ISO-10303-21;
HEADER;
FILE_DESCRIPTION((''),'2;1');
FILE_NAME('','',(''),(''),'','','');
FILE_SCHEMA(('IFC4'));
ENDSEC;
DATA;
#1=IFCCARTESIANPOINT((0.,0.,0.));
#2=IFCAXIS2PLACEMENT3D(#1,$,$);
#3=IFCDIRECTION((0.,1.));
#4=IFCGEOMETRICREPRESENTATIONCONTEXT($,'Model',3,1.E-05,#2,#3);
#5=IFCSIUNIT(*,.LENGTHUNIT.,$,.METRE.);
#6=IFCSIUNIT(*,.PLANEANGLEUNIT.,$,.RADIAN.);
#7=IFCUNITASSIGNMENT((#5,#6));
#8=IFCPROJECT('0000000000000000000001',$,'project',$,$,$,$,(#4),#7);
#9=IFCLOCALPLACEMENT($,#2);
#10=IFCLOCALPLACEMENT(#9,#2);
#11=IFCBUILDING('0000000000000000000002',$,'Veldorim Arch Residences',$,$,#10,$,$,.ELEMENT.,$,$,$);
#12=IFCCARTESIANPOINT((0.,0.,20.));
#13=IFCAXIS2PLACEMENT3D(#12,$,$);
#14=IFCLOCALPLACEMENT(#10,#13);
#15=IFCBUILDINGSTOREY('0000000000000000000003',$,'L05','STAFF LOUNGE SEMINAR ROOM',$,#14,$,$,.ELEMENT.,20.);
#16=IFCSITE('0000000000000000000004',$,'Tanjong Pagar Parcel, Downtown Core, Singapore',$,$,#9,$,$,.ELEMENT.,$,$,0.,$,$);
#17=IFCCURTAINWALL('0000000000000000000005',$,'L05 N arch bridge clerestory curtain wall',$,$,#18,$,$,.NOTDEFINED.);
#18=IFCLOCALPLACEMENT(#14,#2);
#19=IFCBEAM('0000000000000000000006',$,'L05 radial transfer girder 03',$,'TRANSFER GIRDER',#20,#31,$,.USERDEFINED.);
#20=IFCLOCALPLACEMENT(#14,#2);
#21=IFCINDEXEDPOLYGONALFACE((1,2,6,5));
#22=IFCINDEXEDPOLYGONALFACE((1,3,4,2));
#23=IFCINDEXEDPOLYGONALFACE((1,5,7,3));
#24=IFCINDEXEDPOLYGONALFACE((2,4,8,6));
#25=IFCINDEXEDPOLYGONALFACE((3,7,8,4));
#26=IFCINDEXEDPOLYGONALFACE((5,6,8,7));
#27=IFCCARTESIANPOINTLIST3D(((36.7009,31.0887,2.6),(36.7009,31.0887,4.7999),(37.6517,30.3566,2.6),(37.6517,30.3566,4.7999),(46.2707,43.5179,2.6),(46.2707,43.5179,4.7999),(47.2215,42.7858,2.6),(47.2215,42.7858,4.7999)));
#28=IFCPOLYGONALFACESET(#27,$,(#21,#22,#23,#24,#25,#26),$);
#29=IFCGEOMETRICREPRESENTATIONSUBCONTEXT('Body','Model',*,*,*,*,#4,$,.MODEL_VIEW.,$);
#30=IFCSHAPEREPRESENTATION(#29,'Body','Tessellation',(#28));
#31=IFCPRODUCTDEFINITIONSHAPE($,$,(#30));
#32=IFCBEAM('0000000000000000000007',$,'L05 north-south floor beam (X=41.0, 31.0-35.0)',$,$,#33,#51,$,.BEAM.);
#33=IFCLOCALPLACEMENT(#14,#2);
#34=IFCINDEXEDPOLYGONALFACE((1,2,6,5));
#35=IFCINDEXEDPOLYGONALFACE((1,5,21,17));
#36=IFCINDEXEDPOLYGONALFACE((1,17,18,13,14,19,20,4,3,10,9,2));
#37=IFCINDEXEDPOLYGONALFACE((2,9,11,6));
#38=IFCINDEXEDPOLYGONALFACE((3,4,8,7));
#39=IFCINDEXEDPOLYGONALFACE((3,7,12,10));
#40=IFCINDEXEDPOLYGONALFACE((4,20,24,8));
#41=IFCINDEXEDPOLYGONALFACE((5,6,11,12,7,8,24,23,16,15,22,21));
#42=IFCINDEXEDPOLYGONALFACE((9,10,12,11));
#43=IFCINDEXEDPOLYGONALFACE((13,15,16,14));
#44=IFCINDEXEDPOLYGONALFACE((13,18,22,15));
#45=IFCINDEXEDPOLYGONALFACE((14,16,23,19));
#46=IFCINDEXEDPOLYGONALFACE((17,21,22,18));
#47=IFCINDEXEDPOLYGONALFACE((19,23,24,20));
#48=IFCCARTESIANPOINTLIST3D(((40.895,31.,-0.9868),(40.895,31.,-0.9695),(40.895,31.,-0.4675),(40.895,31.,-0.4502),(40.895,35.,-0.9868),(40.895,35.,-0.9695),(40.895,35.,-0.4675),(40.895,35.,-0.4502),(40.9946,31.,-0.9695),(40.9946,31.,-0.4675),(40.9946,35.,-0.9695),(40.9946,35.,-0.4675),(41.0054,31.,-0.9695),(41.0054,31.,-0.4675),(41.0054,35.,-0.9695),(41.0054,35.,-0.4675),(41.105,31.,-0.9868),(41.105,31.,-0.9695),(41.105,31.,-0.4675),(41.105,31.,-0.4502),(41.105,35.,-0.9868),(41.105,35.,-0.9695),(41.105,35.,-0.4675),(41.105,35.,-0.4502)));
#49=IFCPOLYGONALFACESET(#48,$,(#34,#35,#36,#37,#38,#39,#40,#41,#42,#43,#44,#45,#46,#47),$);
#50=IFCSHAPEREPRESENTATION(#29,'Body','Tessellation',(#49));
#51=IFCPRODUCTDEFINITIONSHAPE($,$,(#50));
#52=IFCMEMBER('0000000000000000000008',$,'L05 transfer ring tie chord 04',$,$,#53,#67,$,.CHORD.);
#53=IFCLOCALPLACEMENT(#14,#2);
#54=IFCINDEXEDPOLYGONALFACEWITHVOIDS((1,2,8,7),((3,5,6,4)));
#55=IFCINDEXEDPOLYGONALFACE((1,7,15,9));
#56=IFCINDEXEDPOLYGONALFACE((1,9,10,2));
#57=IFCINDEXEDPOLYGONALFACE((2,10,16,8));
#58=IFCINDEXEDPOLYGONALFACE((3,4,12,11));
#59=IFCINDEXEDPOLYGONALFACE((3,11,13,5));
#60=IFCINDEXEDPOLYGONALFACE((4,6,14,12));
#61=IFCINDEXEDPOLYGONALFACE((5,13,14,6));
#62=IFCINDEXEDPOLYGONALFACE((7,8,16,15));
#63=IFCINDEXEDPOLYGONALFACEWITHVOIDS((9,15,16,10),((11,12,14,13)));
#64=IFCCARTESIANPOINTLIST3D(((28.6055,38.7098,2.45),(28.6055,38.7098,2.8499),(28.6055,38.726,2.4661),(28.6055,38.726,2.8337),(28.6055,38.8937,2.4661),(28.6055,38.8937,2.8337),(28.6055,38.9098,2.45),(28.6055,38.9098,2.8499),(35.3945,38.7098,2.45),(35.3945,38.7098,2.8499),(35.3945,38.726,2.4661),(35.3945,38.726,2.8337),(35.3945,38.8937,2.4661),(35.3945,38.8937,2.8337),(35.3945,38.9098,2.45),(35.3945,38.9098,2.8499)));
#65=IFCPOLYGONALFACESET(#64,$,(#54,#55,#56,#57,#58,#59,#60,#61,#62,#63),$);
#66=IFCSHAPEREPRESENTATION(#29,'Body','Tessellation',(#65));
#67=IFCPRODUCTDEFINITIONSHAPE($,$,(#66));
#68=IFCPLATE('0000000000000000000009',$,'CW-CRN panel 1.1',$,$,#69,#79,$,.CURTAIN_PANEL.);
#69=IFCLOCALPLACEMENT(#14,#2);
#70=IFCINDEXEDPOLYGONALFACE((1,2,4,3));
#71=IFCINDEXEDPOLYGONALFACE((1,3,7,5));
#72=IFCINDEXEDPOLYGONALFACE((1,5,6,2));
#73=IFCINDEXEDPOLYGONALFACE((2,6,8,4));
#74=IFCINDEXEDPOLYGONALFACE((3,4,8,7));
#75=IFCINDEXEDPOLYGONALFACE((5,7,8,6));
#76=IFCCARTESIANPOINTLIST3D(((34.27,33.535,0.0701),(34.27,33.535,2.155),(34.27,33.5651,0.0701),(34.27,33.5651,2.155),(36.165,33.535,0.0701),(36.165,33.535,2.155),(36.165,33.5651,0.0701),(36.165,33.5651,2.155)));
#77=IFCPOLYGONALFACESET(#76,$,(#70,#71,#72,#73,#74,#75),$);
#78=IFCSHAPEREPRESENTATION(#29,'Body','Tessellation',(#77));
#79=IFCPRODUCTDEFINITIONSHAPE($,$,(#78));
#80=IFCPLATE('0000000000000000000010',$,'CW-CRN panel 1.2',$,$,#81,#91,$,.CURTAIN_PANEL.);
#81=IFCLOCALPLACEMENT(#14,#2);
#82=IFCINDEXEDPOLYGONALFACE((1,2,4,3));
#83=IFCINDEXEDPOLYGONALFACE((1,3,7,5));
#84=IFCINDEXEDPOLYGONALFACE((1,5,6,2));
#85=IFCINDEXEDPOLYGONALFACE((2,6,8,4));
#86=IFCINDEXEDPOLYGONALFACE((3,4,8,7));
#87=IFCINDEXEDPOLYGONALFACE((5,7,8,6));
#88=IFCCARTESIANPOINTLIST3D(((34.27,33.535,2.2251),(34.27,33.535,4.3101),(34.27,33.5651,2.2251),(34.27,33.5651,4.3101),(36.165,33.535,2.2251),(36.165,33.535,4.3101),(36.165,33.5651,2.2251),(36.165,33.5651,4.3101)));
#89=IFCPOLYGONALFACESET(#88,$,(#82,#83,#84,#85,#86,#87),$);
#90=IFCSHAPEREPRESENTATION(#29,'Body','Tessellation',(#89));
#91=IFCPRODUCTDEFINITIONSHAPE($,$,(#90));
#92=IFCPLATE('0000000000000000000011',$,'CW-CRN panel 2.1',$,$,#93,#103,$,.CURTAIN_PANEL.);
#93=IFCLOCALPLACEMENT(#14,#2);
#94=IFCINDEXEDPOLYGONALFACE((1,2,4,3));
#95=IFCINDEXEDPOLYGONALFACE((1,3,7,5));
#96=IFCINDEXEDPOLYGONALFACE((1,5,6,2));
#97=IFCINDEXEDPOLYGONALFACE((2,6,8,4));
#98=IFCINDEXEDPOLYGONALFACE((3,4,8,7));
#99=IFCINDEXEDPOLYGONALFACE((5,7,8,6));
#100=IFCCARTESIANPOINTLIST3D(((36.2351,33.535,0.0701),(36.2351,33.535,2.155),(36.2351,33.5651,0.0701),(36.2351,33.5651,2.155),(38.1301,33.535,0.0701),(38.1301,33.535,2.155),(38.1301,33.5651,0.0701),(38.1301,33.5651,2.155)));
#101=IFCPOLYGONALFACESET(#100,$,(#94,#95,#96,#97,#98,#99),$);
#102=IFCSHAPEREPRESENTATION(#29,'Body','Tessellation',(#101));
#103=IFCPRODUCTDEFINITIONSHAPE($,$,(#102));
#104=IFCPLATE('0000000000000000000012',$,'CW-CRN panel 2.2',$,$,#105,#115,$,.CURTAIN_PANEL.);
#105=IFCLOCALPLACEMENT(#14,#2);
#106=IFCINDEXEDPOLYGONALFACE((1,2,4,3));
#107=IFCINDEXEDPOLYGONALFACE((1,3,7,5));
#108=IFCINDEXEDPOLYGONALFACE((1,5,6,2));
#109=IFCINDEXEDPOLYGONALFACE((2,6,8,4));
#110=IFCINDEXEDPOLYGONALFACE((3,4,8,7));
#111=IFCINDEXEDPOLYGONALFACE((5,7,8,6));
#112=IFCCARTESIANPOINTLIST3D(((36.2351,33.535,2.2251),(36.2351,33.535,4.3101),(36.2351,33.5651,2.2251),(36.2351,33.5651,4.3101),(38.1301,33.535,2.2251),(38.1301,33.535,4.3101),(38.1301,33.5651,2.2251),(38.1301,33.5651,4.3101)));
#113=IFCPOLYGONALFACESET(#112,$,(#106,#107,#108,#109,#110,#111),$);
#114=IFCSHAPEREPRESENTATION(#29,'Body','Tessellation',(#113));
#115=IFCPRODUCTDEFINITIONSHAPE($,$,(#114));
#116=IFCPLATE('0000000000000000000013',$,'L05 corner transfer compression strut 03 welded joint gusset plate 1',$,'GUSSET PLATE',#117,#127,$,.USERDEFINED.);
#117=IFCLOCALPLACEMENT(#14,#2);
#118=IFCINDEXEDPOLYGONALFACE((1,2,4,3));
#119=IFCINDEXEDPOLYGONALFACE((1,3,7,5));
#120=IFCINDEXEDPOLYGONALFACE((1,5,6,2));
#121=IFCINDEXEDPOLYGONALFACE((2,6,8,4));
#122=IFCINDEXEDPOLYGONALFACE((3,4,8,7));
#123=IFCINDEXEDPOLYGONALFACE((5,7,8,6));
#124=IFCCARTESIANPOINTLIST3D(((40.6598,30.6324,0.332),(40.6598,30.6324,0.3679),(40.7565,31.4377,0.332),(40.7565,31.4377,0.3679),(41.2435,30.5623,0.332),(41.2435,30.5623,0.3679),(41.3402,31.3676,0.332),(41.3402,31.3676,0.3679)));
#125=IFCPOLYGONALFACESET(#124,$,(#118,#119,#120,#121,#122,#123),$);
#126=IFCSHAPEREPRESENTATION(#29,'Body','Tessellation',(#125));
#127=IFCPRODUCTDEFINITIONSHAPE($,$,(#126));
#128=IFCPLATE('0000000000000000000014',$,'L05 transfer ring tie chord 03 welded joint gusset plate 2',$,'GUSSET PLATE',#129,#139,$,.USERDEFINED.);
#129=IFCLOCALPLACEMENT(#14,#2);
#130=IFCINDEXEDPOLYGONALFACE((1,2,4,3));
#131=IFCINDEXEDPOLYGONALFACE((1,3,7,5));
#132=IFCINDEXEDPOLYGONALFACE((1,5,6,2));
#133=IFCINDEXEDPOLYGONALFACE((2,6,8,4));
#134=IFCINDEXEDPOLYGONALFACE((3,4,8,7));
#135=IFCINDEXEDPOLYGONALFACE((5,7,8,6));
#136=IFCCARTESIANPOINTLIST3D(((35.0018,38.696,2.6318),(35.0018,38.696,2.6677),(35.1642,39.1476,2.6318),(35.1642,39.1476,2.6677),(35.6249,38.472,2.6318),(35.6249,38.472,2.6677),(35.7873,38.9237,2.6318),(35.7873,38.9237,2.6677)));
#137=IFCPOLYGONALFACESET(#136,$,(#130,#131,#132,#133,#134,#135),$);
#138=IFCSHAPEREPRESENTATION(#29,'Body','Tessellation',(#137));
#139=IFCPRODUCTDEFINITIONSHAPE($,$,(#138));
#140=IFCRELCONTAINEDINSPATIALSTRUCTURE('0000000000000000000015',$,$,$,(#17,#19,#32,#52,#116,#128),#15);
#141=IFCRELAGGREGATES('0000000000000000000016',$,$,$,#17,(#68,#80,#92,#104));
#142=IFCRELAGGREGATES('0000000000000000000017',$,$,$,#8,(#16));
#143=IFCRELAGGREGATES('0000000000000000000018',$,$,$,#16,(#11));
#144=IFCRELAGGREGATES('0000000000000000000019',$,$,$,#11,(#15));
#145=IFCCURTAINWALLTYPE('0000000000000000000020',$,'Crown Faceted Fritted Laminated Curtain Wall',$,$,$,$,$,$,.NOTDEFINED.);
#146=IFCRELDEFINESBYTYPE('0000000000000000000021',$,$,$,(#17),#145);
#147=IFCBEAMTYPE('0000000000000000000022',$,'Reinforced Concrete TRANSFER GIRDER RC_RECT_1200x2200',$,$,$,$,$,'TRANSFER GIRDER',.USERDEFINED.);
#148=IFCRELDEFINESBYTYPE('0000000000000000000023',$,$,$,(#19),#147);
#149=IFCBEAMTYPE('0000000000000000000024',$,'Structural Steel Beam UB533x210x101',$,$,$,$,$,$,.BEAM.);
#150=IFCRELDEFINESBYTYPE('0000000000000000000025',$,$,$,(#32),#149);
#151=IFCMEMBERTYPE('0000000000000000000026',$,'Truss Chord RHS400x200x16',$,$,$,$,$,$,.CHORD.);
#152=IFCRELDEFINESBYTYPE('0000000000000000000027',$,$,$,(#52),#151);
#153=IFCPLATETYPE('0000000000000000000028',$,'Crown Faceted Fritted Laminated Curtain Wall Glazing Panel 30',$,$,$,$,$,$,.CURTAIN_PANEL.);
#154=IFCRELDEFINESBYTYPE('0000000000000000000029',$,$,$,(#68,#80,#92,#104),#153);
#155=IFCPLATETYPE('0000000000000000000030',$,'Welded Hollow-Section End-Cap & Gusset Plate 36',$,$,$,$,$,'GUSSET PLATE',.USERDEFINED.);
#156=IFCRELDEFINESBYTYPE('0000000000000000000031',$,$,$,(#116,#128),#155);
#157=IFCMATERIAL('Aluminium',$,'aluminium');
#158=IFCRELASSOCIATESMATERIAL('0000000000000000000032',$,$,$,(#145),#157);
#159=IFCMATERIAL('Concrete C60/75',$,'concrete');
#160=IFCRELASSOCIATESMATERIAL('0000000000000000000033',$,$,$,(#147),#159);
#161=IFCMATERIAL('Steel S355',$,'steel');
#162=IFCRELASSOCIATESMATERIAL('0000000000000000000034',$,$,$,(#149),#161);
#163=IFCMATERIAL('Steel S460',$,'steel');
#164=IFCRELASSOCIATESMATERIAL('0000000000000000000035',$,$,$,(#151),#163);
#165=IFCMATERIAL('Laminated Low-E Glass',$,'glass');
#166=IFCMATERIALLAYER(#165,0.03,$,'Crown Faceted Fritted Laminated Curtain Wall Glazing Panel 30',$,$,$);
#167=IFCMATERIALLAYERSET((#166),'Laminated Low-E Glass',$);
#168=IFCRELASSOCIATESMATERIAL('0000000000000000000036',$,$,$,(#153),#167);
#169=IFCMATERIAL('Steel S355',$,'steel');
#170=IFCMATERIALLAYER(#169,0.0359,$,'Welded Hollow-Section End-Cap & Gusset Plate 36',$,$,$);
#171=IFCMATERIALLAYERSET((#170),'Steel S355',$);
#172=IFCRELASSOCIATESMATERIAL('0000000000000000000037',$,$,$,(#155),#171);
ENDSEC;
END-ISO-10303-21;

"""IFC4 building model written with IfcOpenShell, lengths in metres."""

from ifc_helpers import new_model, si_unit, direction, frame, origin, origin_2d, place, context, subcontext, project, spatial, rectangle, hollow_rectangle, i_section, extrude, material, layer, layer_set, material_profile, profile_set, type_object, element, aggregate, save


model = new_model("IFC4")

# Units and contexts
model_context = context("Model", 3, precision=1e-05, world=origin(), true_north=direction((0.0, 1.0)))
body_context = subcontext(model_context, "Body", "Model", "MODEL_VIEW")
ifc_project = project(units=[si_unit("LENGTHUNIT", "METRE"), si_unit("PLANEANGLEUNIT", "RADIAN")], contexts=[model_context])

# Site, building, storey
site_placement = place(None, origin())
site = spatial("IfcSite", under=ifc_project, at=site_placement, Name="Tanjong Pagar Parcel, Downtown Core, Singapore", CompositionType="ELEMENT", RefElevation=0.0)
building_placement = place(site_placement, origin())
building = spatial("IfcBuilding", under=site, at=building_placement, Name="Veldorim Arch Residences", CompositionType="ELEMENT")
storey_placement = place(building_placement, frame((0.0, 0.0, 20.0)))
storey = spatial("IfcBuildingStorey", under=building, at=storey_placement, Name="L05", Description="STAFF LOUNGE SEMINAR ROOM", CompositionType="ELEMENT", Elevation=20.0)

# Curtain wall
ifc_material_1 = material(Name="Aluminium", Category="aluminium")
curtain_wall_type = type_object("IfcCurtainWallType", Name="Crown Faceted Fritted Laminated Curtain Wall", PredefinedType="NOTDEFINED", material=ifc_material_1)
curtain_wall_placement = place(storey_placement, origin())
curtain_wall = element("IfcCurtainWall", 1, at=curtain_wall_placement, inside=storey, type_object=curtain_wall_type, Name="L05 N arch bridge clerestory curtain wall", PredefinedType="NOTDEFINED")

# Beams
ifc_material_2 = material(Name="Concrete C60/75", Category="concrete")
ifc_material_profile_1 = material_profile(ifc_material_2, rectangle(XDim=1.2, YDim=2.2, at=origin_2d()), Name="RC_RECT_1200x2200")
ifc_profile_set_1 = profile_set([ifc_material_profile_1], Name="Concrete C60/75")
beam_type_1 = type_object("IfcBeamType", Name="Reinforced Concrete TRANSFER GIRDER RC_RECT_1200x2200", ElementType="TRANSFER GIRDER", PredefinedType="USERDEFINED", material=ifc_profile_set_1)
beam_1_placement = place(storey_placement, frame((37.1763, 30.7227, 3.7), z_axis=(0.610067, 0.79235, 0.0), x_axis=(-0.79235, 0.610067, 0.0)))
element("IfcBeam", 2, at=beam_1_placement, inside=storey, type_object=beam_type_1, Name="L05 radial transfer girder 03", ObjectType="TRANSFER GIRDER", PredefinedType="USERDEFINED", context=body_context, shape_type="SweptSolid", body=[
    extrude(rectangle(XDim=1.2, YDim=2.2, at=origin_2d()), origin(), (0.0, 0.0, 1.0), 15.6865),
])
ifc_material_3 = material(Name="Steel S355", Category="steel")
ifc_material_profile_2 = material_profile(ifc_material_3, i_section(OverallWidth=0.21, OverallDepth=0.5366, WebThickness=0.0107, FlangeThickness=0.0173, at=origin_2d()), Name="UB533x210x101")
ifc_profile_set_2 = profile_set([ifc_material_profile_2], Name="Steel S355")
beam_type_2 = type_object("IfcBeamType", Name="Structural Steel Beam UB533x210x101", PredefinedType="BEAM", material=ifc_profile_set_2)
beam_2_placement = place(storey_placement, frame((41.0, 31.0, -0.7185), z_axis=(0.0, 1.0, 0.0), x_axis=(-1.0, 0.0, 0.0)))
element("IfcBeam", 3, at=beam_2_placement, inside=storey, type_object=beam_type_2, Name="L05 north-south floor beam (X=41.0, 31.0-35.0)", PredefinedType="BEAM", context=body_context, shape_type="SweptSolid", body=[
    extrude(i_section(OverallWidth=0.21, OverallDepth=0.5366, WebThickness=0.0107, FlangeThickness=0.0173, at=origin_2d()), origin(), (0.0, 0.0, 1.0), 4.0),
])

# Member
ifc_material_4 = material(Name="Steel S460", Category="steel")
ifc_material_profile_3 = material_profile(ifc_material_4, hollow_rectangle(XDim=0.2, YDim=0.3999, WallThickness=0.0161, at=origin_2d()), Name="RHS400x200x16")
ifc_profile_set_3 = profile_set([ifc_material_profile_3], Name="Steel S460")
member_type_1 = type_object("IfcMemberType", Name="Truss Chord RHS400x200x16", PredefinedType="CHORD", material=ifc_profile_set_3)
member_1_placement = place(storey_placement, frame((35.3945, 38.8098, 2.6499), z_axis=(-1.0, 0.0, 0.0), x_axis=(0.0, -1.0, 0.0)))
element("IfcMember", 4, at=member_1_placement, inside=storey, type_object=member_type_1, Name="L05 transfer ring tie chord 04", PredefinedType="CHORD", context=body_context, shape_type="SweptSolid", body=[
    extrude(hollow_rectangle(XDim=0.2, YDim=0.3999, WallThickness=0.0161, at=origin_2d()), origin(), (0.0, 0.0, 1.0), 6.7891),
])

# Plates
ifc_material_5 = material(Name="Laminated Low-E Glass", Category="glass")
ifc_layer_1 = layer(ifc_material_5, 0.03, Name="Crown Faceted Fritted Laminated Curtain Wall Glazing Panel 30")
ifc_layer_set_1 = layer_set([ifc_layer_1], Name="Laminated Low-E Glass")
plate_type_1 = type_object("IfcPlateType", Name="Crown Faceted Fritted Laminated Curtain Wall Glazing Panel 30", PredefinedType="CURTAIN_PANEL", material=ifc_layer_set_1)
plate_1_placement = place(storey_placement, frame((35.2175, 33.55, 0.0701), z_axis=(0.0, 0.0, 1.0), x_axis=(1.0, 0.0, 0.0)))
plate_1 = element("IfcPlate", 5, at=plate_1_placement, type_object=plate_type_1, Name="CW-CRN panel 1.1", PredefinedType="CURTAIN_PANEL", context=body_context, shape_type="SweptSolid", body=[
    extrude(rectangle(XDim=1.895, YDim=0.03, at=origin_2d()), origin(), (0.0, 0.0, 1.0), 2.085),
])
plate_2_placement = place(storey_placement, frame((35.2175, 33.55, 2.2251), z_axis=(0.0, 0.0, 1.0), x_axis=(1.0, 0.0, 0.0)))
plate_2 = element("IfcPlate", 6, at=plate_2_placement, type_object=plate_type_1, Name="CW-CRN panel 1.2", PredefinedType="CURTAIN_PANEL", context=body_context, shape_type="SweptSolid", body=[
    extrude(rectangle(XDim=1.895, YDim=0.03, at=origin_2d()), origin(), (0.0, 0.0, 1.0), 2.085),
])
plate_3_placement = place(storey_placement, frame((37.1826, 33.55, 0.0701), z_axis=(0.0, 0.0, 1.0), x_axis=(1.0, 0.0, 0.0)))
plate_3 = element("IfcPlate", 7, at=plate_3_placement, type_object=plate_type_1, Name="CW-CRN panel 2.1", PredefinedType="CURTAIN_PANEL", context=body_context, shape_type="SweptSolid", body=[
    extrude(rectangle(XDim=1.895, YDim=0.03, at=origin_2d()), origin(), (0.0, 0.0, 1.0), 2.085),
])
plate_4_placement = place(storey_placement, frame((37.1826, 33.55, 2.2251), z_axis=(0.0, 0.0, 1.0), x_axis=(1.0, 0.0, 0.0)))
plate_4 = element("IfcPlate", 8, at=plate_4_placement, type_object=plate_type_1, Name="CW-CRN panel 2.2", PredefinedType="CURTAIN_PANEL", context=body_context, shape_type="SweptSolid", body=[
    extrude(rectangle(XDim=1.895, YDim=0.03, at=origin_2d()), origin(), (0.0, 0.0, 1.0), 2.085),
])
aggregate(curtain_wall, [plate_1, plate_2, plate_3, plate_4])

# Plates
ifc_material_6 = material(Name="Steel S355", Category="steel")
ifc_layer_2 = layer(ifc_material_6, 0.0359, Name="Welded Hollow-Section End-Cap & Gusset Plate 36")
ifc_layer_set_2 = layer_set([ifc_layer_2], Name="Steel S355")
plate_type_2 = type_object("IfcPlateType", Name="Welded Hollow-Section End-Cap & Gusset Plate 36", ElementType="GUSSET PLATE", PredefinedType="USERDEFINED", material=ifc_layer_set_2)
plate_5_placement = place(storey_placement, frame((41.0, 31.0, 0.332), z_axis=(0.0, 0.0, 1.0), x_axis=(0.119201, 0.99287, 0.0)))
element("IfcPlate", 9, at=plate_5_placement, inside=storey, type_object=plate_type_2, Name="L05 corner transfer compression strut 03 welded joint gusset plate 1", ObjectType="GUSSET PLATE", PredefinedType="USERDEFINED", context=body_context, shape_type="SweptSolid", body=[
    extrude(rectangle(XDim=0.811, YDim=0.5879, at=origin_2d()), origin(), (0.0, 0.0, 1.0), 0.0359),
])
plate_6_placement = place(storey_placement, frame((35.3945, 38.8098, 2.6318), z_axis=(0.0, 0.0, 1.0), x_axis=(-0.941046, 0.338278, 0.0)))
element("IfcPlate", 10, at=plate_6_placement, inside=storey, type_object=plate_type_2, Name="L05 transfer ring tie chord 03 welded joint gusset plate 2", ObjectType="GUSSET PLATE", PredefinedType="USERDEFINED", context=body_context, shape_type="SweptSolid", body=[
    extrude(rectangle(XDim=0.6621, YDim=0.48, at=origin_2d()), origin(), (0.0, 0.0, 1.0), 0.0359),
])

save(model, "model.ifc")
